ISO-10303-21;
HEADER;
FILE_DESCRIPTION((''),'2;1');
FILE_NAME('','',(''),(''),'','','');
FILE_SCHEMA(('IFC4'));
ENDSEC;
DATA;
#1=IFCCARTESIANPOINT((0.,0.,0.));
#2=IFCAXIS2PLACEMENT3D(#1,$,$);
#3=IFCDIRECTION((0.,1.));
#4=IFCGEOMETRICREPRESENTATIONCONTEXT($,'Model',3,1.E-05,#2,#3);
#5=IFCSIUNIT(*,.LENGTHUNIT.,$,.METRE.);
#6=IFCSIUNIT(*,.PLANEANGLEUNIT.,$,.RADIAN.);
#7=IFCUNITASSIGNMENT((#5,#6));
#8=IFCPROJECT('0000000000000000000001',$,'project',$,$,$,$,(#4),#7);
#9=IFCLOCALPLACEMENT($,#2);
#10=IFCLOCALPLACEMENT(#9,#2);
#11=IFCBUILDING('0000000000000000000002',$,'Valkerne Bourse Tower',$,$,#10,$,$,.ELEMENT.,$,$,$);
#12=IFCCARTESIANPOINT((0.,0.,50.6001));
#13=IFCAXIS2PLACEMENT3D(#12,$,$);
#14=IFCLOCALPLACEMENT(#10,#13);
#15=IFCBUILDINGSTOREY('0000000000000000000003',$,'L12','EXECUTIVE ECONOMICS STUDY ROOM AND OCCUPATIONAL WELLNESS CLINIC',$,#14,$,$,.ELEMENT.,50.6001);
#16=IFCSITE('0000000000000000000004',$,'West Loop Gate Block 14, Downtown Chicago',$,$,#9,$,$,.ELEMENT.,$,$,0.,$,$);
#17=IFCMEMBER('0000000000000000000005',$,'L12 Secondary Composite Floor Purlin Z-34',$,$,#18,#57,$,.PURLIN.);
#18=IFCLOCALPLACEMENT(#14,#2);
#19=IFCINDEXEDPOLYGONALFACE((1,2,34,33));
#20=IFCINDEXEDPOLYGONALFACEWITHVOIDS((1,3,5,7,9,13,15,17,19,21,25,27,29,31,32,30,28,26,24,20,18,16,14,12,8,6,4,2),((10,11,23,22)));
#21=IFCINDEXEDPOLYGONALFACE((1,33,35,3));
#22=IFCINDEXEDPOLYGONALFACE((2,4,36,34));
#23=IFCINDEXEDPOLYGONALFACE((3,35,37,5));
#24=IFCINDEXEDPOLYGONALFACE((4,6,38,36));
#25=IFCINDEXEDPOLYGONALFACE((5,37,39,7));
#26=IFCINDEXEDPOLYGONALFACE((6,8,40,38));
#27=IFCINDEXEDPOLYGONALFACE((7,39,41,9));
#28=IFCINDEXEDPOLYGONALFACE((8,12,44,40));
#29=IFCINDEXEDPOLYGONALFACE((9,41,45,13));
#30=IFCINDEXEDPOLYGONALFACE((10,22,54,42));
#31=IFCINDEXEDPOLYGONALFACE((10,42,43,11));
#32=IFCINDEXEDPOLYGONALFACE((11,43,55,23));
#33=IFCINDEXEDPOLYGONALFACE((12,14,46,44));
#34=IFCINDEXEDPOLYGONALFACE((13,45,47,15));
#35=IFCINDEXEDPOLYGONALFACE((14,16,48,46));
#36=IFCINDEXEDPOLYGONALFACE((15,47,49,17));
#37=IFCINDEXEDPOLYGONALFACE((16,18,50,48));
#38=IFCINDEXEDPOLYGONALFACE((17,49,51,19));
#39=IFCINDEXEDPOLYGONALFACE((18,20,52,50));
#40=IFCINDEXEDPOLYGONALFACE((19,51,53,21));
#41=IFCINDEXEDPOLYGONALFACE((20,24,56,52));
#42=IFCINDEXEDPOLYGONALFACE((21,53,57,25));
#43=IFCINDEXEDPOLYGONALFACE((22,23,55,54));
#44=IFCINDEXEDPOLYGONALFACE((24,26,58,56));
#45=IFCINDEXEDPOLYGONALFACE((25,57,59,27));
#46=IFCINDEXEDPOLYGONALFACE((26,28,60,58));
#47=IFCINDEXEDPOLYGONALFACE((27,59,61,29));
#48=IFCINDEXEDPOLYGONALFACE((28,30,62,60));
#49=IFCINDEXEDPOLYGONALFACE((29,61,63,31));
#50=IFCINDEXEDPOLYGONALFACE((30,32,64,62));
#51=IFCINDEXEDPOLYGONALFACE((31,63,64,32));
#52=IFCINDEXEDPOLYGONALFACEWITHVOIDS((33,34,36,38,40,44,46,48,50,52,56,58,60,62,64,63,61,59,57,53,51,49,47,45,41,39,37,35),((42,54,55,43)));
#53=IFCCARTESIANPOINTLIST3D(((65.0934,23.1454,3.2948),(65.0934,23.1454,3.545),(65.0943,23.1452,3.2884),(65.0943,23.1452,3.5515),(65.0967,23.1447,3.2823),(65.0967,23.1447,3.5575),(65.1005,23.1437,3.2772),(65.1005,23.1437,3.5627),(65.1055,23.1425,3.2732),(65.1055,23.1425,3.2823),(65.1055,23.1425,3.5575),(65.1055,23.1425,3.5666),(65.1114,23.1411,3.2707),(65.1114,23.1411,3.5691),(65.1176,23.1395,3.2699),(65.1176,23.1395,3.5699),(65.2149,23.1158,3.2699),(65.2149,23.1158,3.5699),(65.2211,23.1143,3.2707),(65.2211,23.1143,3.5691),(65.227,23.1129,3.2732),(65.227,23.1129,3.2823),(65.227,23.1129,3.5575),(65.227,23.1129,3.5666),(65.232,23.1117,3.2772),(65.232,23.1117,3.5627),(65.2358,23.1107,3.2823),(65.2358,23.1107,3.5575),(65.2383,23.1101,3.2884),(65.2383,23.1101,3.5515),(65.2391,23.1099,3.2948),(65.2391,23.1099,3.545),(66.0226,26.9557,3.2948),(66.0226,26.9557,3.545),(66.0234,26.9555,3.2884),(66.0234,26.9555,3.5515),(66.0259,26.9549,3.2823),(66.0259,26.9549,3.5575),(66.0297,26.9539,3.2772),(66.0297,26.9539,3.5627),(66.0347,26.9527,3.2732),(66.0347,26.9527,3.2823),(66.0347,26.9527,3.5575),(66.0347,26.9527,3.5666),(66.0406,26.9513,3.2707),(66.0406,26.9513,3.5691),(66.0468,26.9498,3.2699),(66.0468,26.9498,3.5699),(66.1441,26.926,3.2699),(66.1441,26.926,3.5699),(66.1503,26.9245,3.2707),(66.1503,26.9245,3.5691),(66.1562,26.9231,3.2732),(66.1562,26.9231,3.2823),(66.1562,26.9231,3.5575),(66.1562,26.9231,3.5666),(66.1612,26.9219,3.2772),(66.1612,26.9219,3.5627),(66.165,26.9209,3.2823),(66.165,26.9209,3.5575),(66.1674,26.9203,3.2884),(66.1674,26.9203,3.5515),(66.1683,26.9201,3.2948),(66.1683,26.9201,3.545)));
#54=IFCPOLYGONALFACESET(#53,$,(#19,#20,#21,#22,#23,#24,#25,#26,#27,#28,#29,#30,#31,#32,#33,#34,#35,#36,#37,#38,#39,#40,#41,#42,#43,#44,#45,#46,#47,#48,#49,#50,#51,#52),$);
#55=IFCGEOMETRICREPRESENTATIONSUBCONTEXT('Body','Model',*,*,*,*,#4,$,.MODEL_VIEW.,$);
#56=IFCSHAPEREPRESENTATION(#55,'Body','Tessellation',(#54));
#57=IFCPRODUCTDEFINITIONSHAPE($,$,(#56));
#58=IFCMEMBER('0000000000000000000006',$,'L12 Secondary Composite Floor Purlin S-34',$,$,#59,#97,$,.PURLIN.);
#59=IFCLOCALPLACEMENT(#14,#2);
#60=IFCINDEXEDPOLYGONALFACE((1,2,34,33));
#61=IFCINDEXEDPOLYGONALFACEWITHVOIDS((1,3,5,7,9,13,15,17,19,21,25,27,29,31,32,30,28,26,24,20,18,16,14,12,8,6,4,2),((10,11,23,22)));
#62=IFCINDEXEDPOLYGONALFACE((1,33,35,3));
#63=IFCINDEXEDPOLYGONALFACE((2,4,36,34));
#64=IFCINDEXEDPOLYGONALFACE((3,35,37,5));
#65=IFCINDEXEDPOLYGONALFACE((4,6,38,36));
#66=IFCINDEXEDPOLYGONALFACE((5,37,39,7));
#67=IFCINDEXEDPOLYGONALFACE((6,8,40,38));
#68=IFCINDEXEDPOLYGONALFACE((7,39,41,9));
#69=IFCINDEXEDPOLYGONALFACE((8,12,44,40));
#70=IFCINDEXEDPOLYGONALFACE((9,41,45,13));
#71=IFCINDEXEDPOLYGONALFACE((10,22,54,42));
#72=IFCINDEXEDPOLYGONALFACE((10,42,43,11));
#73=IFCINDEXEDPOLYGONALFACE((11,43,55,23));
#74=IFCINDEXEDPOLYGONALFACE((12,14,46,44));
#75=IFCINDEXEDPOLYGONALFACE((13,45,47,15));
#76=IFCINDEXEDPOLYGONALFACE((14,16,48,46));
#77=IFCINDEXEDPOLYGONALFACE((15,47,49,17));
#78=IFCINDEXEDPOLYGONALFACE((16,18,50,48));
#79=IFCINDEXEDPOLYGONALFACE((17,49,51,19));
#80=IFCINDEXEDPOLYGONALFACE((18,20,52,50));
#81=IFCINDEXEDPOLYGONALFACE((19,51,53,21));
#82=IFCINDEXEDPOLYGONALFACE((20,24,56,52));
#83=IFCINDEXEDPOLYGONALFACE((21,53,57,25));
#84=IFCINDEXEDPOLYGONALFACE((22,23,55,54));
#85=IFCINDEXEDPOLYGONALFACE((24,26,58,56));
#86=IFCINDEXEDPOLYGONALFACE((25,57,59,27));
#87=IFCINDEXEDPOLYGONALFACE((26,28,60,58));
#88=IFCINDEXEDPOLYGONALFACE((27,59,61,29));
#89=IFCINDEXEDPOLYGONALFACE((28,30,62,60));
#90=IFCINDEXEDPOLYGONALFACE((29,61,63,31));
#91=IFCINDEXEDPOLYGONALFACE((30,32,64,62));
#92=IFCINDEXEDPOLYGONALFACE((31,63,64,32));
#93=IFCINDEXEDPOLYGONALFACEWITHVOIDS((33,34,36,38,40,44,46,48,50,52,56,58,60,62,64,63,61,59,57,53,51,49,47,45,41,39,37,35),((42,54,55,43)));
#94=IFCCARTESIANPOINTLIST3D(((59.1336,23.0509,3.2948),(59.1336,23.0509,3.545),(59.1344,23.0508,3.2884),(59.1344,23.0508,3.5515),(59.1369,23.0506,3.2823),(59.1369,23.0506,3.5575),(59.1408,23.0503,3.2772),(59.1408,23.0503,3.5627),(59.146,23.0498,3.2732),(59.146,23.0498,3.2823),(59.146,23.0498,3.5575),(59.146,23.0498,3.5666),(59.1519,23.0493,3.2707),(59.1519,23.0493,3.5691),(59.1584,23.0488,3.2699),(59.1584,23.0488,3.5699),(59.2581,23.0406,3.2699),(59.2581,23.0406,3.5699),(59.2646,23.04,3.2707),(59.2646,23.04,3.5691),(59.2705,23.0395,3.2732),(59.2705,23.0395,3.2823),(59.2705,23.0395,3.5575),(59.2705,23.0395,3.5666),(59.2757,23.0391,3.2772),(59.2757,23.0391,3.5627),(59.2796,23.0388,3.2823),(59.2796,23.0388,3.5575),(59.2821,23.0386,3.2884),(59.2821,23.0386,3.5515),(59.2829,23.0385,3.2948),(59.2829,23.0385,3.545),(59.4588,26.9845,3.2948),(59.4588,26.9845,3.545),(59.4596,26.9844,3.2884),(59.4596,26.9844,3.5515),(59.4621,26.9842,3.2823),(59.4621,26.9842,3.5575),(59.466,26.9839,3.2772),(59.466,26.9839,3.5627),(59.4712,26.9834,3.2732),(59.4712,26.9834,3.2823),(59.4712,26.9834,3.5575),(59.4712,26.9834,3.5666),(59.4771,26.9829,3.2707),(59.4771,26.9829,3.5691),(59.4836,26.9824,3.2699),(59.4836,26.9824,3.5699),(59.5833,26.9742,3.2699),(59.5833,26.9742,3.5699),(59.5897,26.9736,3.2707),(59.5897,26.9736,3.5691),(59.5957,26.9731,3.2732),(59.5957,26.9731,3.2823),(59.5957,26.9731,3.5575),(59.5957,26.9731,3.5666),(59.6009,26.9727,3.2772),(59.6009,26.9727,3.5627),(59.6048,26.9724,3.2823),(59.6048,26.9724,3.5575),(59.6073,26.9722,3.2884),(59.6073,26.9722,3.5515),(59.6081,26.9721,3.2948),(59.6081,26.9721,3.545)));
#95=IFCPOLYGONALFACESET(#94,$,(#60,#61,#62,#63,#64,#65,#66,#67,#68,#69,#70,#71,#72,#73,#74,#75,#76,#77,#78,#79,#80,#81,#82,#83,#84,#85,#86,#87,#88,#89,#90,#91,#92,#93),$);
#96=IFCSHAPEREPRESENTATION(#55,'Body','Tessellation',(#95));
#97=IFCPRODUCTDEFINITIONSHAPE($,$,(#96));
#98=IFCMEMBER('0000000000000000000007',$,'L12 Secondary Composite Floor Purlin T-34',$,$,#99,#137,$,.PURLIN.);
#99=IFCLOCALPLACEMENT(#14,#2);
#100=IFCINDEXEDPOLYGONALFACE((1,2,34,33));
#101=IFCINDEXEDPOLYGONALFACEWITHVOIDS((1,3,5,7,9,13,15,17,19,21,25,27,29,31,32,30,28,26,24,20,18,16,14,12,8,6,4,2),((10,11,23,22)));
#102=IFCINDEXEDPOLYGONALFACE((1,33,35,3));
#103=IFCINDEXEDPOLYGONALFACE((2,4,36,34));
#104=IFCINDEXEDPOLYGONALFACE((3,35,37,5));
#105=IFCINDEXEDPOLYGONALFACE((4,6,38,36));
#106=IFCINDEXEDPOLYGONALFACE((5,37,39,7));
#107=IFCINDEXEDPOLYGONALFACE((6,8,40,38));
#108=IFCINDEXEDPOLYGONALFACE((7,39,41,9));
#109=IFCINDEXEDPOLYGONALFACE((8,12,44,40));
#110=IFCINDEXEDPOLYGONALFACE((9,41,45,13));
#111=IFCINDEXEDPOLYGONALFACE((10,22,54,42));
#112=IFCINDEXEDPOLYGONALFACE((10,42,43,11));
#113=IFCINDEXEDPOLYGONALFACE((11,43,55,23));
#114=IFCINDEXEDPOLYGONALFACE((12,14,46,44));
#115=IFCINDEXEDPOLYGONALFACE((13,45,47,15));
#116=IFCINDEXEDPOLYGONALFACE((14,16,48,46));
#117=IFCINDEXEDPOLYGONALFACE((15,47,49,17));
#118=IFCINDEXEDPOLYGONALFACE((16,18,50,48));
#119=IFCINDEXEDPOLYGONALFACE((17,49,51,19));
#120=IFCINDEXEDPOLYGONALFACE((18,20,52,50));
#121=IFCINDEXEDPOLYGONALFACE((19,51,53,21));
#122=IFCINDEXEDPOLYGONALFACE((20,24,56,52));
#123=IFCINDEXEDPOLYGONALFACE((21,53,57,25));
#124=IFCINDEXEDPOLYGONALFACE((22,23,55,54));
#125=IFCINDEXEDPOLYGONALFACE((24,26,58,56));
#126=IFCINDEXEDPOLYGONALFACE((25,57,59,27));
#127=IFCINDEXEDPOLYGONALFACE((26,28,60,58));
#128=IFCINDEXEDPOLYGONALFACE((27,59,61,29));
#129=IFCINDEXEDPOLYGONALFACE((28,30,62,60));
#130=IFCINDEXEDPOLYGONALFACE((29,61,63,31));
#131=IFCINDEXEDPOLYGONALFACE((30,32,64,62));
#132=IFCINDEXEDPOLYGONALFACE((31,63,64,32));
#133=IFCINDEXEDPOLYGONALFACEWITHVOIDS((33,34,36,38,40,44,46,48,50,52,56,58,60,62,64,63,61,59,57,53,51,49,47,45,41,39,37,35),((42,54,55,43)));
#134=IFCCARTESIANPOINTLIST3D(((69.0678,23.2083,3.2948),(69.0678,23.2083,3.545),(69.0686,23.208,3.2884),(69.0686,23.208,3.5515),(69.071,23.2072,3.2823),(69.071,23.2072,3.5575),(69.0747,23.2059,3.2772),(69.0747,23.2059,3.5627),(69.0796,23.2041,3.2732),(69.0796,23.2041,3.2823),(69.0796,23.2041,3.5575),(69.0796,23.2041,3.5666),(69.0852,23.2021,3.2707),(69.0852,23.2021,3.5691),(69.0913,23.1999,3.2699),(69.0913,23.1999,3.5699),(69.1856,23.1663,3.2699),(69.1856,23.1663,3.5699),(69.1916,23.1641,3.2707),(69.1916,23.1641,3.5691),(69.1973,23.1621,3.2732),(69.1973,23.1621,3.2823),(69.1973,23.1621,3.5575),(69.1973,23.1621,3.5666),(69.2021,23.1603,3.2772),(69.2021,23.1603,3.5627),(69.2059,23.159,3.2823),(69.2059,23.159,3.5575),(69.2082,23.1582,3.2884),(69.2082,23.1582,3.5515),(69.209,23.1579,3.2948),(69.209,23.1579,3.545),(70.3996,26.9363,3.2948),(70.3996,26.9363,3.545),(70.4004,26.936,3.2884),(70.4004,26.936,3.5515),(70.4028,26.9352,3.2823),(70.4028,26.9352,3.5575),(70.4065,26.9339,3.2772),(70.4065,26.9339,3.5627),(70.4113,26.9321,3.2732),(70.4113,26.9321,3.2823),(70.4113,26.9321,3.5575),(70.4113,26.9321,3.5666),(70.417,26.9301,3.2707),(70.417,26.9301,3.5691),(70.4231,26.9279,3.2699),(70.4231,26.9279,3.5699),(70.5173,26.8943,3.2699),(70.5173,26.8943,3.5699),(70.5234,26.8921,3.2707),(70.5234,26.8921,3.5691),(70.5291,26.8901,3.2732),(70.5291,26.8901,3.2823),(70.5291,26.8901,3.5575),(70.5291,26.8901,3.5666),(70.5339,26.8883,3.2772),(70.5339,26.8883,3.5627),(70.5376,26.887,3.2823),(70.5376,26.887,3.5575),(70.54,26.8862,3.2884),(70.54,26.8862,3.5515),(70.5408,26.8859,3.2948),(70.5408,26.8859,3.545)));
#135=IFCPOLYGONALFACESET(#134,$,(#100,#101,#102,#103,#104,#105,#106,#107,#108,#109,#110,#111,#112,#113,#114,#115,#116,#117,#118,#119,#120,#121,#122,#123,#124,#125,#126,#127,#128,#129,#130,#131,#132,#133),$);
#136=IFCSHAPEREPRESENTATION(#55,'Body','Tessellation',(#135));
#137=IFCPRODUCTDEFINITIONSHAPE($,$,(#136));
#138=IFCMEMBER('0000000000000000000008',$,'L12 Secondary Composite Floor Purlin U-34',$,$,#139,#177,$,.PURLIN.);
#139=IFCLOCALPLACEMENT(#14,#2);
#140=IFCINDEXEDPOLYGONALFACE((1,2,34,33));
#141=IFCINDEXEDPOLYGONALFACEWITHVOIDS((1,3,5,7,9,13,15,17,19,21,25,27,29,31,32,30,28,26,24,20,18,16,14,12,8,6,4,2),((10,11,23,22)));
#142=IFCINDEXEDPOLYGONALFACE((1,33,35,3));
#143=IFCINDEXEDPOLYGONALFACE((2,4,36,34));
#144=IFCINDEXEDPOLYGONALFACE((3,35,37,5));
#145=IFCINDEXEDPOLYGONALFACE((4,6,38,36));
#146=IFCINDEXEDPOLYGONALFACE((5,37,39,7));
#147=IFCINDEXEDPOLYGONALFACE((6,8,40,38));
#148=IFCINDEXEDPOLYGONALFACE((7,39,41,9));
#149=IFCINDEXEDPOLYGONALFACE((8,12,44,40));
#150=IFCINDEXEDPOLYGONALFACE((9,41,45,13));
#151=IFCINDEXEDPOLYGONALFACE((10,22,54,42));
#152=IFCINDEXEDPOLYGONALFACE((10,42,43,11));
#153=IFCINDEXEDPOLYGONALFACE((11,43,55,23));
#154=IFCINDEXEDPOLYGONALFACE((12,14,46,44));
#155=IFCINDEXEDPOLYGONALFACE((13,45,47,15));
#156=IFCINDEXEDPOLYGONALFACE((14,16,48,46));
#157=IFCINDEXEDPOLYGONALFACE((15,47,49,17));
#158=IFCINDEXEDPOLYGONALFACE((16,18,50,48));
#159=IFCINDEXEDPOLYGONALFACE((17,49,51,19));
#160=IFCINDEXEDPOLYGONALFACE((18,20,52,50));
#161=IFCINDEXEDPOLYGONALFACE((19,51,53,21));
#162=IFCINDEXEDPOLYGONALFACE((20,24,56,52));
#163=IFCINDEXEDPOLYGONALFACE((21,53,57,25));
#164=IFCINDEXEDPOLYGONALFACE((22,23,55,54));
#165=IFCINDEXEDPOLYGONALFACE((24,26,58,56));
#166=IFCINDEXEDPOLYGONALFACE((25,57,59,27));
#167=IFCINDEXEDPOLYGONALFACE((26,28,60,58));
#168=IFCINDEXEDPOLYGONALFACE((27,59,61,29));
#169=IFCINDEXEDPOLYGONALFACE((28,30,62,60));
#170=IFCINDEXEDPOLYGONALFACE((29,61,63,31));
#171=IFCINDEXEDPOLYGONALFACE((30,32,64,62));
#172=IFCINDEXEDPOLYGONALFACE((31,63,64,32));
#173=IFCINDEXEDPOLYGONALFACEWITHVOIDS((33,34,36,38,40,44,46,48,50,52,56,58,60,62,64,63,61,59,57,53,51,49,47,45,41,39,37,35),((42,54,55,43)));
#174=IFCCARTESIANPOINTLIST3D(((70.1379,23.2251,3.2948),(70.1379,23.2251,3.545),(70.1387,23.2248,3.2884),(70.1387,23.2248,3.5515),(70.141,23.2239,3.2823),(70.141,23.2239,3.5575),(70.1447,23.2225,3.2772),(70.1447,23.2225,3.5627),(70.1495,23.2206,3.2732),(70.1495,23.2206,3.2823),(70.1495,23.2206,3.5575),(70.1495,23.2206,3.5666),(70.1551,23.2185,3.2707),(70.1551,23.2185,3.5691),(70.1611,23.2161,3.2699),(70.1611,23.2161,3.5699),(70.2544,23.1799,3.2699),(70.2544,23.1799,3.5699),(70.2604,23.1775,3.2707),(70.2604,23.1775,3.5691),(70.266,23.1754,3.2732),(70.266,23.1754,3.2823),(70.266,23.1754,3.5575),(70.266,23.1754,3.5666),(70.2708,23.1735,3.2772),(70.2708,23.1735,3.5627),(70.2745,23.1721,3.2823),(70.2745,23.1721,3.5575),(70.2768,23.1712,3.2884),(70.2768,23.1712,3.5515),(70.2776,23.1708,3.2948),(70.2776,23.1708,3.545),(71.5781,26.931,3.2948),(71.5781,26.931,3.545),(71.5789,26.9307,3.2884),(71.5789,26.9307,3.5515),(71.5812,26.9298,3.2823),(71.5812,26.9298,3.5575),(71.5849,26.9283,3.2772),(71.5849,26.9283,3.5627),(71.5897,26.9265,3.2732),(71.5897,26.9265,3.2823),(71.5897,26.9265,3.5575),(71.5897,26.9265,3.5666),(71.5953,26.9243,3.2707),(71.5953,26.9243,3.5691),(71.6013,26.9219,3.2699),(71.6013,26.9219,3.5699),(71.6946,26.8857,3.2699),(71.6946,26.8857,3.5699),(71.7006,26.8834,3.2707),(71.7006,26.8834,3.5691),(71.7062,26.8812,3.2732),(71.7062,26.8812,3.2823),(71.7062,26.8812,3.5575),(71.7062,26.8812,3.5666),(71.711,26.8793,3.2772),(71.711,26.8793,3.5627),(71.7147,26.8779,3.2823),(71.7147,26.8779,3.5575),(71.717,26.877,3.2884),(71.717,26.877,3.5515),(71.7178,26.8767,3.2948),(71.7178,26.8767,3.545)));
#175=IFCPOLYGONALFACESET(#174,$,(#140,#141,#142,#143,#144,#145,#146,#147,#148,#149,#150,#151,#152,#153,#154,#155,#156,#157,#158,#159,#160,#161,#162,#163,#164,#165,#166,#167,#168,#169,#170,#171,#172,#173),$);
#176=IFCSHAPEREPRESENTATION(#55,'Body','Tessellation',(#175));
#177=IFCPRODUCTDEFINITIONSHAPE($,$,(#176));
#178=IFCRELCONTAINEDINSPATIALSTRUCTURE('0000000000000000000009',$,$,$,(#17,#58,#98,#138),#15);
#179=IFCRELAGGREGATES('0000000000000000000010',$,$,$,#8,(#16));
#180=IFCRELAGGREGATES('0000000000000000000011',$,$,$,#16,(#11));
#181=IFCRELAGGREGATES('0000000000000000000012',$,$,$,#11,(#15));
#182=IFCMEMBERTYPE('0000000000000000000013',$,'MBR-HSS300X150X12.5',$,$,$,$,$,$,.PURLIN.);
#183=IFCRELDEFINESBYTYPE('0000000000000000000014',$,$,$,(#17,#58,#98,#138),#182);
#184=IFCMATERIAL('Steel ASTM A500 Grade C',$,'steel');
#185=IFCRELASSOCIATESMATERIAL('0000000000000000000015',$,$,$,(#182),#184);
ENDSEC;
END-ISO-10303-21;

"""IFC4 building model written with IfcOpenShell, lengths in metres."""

from ifc_helpers import new_model, si_unit, direction, frame, origin, origin_2d, place, context, subcontext, project, spatial, hollow_rectangle, extrude, material, material_profile, profile_set, type_object, element, save


model = new_model("IFC4")

# Units and contexts
model_context = context("Model", 3, precision=1e-05, world=origin(), true_north=direction((0.0, 1.0)))
body_context = subcontext(model_context, "Body", "Model", "MODEL_VIEW")
ifc_project = project(units=[si_unit("LENGTHUNIT", "METRE"), si_unit("PLANEANGLEUNIT", "RADIAN")], contexts=[model_context])

# Site, building, storey
site_placement = place(None, origin())
site = spatial("IfcSite", under=ifc_project, at=site_placement, Name="West Loop Gate Block 14, Downtown Chicago", CompositionType="ELEMENT", RefElevation=0.0)
building_placement = place(site_placement, origin())
building = spatial("IfcBuilding", under=site, at=building_placement, Name="Valkerne Bourse Tower", CompositionType="ELEMENT")
storey_placement = place(building_placement, frame((0.0, 0.0, 50.6001)))
storey = spatial("IfcBuildingStorey", under=building, at=storey_placement, Name="L12", Description="EXECUTIVE ECONOMICS STUDY ROOM AND OCCUPATIONAL WELLNESS CLINIC", CompositionType="ELEMENT", Elevation=50.6001)

# Members
ifc_material_1 = material(Name="Steel ASTM A500 Grade C", Category="steel")
ifc_material_profile_1 = material_profile(ifc_material_1, hollow_rectangle(XDim=0.1499, YDim=0.3, WallThickness=0.0125, OuterFilletRadius=0.0249, at=origin_2d()), Name="HSS300X150X12.5")
ifc_profile_set_1 = profile_set([ifc_material_profile_1], Name="Steel ASTM A500 Grade C")
member_type_1 = type_object("IfcMemberType", Name="MBR-HSS300X150X12.5", PredefinedType="PURLIN", material=ifc_profile_set_1)
member_1_placement = place(storey_placement, frame((65.1663, 23.1277, 3.4199), z_axis=(0.236922, 0.971529, 0.0), x_axis=(-0.971529, 0.236922, 0.0)))
element("IfcMember", 1, at=member_1_placement, inside=storey, type_object=member_type_1, Name="L12 Secondary Composite Floor Purlin Z-34", PredefinedType="PURLIN", context=body_context, shape_type="SweptSolid", body=[
    extrude(hollow_rectangle(XDim=0.1499, YDim=0.3, WallThickness=0.0125, OuterFilletRadius=0.0249, at=origin_2d()), origin(), (0.0, 0.0, 1.0), 3.9219),
])
member_2_placement = place(storey_placement, frame((59.2083, 23.0447, 3.4199), z_axis=(0.08239, 0.9966, 0.0), x_axis=(-0.9966, 0.08239, 0.0)))
element("IfcMember", 2, at=member_2_placement, inside=storey, type_object=member_type_1, Name="L12 Secondary Composite Floor Purlin S-34", PredefinedType="PURLIN", context=body_context, shape_type="SweptSolid", body=[
    extrude(hollow_rectangle(XDim=0.1499, YDim=0.3, WallThickness=0.0125, OuterFilletRadius=0.0249, at=origin_2d()), origin(), (0.0, 0.0, 1.0), 3.947),
])
member_3_placement = place(storey_placement, frame((69.1384, 23.1831, 3.4199), z_axis=(0.336415, 0.941714, 0.0), x_axis=(-0.941714, 0.336415, 0.0)))
element("IfcMember", 3, at=member_3_placement, inside=storey, type_object=member_type_1, Name="L12 Secondary Composite Floor Purlin T-34", PredefinedType="PURLIN", context=body_context, shape_type="SweptSolid", body=[
    extrude(hollow_rectangle(XDim=0.1499, YDim=0.3, WallThickness=0.0125, OuterFilletRadius=0.0249, at=origin_2d()), origin(), (0.0, 0.0, 1.0), 3.9587),
])
member_4_placement = place(storey_placement, frame((70.2078, 23.198, 3.4199), z_axis=(0.362236, 0.932086, 0.0), x_axis=(-0.932086, 0.362236, 0.0)))
element("IfcMember", 4, at=member_4_placement, inside=storey, type_object=member_type_1, Name="L12 Secondary Composite Floor Purlin U-34", PredefinedType="PURLIN", context=body_context, shape_type="SweptSolid", body=[
    extrude(hollow_rectangle(XDim=0.1499, YDim=0.3, WallThickness=0.0125, OuterFilletRadius=0.0249, at=origin_2d()), origin(), (0.0, 0.0, 1.0), 3.9758),
])

save(model, "model.ifc")
